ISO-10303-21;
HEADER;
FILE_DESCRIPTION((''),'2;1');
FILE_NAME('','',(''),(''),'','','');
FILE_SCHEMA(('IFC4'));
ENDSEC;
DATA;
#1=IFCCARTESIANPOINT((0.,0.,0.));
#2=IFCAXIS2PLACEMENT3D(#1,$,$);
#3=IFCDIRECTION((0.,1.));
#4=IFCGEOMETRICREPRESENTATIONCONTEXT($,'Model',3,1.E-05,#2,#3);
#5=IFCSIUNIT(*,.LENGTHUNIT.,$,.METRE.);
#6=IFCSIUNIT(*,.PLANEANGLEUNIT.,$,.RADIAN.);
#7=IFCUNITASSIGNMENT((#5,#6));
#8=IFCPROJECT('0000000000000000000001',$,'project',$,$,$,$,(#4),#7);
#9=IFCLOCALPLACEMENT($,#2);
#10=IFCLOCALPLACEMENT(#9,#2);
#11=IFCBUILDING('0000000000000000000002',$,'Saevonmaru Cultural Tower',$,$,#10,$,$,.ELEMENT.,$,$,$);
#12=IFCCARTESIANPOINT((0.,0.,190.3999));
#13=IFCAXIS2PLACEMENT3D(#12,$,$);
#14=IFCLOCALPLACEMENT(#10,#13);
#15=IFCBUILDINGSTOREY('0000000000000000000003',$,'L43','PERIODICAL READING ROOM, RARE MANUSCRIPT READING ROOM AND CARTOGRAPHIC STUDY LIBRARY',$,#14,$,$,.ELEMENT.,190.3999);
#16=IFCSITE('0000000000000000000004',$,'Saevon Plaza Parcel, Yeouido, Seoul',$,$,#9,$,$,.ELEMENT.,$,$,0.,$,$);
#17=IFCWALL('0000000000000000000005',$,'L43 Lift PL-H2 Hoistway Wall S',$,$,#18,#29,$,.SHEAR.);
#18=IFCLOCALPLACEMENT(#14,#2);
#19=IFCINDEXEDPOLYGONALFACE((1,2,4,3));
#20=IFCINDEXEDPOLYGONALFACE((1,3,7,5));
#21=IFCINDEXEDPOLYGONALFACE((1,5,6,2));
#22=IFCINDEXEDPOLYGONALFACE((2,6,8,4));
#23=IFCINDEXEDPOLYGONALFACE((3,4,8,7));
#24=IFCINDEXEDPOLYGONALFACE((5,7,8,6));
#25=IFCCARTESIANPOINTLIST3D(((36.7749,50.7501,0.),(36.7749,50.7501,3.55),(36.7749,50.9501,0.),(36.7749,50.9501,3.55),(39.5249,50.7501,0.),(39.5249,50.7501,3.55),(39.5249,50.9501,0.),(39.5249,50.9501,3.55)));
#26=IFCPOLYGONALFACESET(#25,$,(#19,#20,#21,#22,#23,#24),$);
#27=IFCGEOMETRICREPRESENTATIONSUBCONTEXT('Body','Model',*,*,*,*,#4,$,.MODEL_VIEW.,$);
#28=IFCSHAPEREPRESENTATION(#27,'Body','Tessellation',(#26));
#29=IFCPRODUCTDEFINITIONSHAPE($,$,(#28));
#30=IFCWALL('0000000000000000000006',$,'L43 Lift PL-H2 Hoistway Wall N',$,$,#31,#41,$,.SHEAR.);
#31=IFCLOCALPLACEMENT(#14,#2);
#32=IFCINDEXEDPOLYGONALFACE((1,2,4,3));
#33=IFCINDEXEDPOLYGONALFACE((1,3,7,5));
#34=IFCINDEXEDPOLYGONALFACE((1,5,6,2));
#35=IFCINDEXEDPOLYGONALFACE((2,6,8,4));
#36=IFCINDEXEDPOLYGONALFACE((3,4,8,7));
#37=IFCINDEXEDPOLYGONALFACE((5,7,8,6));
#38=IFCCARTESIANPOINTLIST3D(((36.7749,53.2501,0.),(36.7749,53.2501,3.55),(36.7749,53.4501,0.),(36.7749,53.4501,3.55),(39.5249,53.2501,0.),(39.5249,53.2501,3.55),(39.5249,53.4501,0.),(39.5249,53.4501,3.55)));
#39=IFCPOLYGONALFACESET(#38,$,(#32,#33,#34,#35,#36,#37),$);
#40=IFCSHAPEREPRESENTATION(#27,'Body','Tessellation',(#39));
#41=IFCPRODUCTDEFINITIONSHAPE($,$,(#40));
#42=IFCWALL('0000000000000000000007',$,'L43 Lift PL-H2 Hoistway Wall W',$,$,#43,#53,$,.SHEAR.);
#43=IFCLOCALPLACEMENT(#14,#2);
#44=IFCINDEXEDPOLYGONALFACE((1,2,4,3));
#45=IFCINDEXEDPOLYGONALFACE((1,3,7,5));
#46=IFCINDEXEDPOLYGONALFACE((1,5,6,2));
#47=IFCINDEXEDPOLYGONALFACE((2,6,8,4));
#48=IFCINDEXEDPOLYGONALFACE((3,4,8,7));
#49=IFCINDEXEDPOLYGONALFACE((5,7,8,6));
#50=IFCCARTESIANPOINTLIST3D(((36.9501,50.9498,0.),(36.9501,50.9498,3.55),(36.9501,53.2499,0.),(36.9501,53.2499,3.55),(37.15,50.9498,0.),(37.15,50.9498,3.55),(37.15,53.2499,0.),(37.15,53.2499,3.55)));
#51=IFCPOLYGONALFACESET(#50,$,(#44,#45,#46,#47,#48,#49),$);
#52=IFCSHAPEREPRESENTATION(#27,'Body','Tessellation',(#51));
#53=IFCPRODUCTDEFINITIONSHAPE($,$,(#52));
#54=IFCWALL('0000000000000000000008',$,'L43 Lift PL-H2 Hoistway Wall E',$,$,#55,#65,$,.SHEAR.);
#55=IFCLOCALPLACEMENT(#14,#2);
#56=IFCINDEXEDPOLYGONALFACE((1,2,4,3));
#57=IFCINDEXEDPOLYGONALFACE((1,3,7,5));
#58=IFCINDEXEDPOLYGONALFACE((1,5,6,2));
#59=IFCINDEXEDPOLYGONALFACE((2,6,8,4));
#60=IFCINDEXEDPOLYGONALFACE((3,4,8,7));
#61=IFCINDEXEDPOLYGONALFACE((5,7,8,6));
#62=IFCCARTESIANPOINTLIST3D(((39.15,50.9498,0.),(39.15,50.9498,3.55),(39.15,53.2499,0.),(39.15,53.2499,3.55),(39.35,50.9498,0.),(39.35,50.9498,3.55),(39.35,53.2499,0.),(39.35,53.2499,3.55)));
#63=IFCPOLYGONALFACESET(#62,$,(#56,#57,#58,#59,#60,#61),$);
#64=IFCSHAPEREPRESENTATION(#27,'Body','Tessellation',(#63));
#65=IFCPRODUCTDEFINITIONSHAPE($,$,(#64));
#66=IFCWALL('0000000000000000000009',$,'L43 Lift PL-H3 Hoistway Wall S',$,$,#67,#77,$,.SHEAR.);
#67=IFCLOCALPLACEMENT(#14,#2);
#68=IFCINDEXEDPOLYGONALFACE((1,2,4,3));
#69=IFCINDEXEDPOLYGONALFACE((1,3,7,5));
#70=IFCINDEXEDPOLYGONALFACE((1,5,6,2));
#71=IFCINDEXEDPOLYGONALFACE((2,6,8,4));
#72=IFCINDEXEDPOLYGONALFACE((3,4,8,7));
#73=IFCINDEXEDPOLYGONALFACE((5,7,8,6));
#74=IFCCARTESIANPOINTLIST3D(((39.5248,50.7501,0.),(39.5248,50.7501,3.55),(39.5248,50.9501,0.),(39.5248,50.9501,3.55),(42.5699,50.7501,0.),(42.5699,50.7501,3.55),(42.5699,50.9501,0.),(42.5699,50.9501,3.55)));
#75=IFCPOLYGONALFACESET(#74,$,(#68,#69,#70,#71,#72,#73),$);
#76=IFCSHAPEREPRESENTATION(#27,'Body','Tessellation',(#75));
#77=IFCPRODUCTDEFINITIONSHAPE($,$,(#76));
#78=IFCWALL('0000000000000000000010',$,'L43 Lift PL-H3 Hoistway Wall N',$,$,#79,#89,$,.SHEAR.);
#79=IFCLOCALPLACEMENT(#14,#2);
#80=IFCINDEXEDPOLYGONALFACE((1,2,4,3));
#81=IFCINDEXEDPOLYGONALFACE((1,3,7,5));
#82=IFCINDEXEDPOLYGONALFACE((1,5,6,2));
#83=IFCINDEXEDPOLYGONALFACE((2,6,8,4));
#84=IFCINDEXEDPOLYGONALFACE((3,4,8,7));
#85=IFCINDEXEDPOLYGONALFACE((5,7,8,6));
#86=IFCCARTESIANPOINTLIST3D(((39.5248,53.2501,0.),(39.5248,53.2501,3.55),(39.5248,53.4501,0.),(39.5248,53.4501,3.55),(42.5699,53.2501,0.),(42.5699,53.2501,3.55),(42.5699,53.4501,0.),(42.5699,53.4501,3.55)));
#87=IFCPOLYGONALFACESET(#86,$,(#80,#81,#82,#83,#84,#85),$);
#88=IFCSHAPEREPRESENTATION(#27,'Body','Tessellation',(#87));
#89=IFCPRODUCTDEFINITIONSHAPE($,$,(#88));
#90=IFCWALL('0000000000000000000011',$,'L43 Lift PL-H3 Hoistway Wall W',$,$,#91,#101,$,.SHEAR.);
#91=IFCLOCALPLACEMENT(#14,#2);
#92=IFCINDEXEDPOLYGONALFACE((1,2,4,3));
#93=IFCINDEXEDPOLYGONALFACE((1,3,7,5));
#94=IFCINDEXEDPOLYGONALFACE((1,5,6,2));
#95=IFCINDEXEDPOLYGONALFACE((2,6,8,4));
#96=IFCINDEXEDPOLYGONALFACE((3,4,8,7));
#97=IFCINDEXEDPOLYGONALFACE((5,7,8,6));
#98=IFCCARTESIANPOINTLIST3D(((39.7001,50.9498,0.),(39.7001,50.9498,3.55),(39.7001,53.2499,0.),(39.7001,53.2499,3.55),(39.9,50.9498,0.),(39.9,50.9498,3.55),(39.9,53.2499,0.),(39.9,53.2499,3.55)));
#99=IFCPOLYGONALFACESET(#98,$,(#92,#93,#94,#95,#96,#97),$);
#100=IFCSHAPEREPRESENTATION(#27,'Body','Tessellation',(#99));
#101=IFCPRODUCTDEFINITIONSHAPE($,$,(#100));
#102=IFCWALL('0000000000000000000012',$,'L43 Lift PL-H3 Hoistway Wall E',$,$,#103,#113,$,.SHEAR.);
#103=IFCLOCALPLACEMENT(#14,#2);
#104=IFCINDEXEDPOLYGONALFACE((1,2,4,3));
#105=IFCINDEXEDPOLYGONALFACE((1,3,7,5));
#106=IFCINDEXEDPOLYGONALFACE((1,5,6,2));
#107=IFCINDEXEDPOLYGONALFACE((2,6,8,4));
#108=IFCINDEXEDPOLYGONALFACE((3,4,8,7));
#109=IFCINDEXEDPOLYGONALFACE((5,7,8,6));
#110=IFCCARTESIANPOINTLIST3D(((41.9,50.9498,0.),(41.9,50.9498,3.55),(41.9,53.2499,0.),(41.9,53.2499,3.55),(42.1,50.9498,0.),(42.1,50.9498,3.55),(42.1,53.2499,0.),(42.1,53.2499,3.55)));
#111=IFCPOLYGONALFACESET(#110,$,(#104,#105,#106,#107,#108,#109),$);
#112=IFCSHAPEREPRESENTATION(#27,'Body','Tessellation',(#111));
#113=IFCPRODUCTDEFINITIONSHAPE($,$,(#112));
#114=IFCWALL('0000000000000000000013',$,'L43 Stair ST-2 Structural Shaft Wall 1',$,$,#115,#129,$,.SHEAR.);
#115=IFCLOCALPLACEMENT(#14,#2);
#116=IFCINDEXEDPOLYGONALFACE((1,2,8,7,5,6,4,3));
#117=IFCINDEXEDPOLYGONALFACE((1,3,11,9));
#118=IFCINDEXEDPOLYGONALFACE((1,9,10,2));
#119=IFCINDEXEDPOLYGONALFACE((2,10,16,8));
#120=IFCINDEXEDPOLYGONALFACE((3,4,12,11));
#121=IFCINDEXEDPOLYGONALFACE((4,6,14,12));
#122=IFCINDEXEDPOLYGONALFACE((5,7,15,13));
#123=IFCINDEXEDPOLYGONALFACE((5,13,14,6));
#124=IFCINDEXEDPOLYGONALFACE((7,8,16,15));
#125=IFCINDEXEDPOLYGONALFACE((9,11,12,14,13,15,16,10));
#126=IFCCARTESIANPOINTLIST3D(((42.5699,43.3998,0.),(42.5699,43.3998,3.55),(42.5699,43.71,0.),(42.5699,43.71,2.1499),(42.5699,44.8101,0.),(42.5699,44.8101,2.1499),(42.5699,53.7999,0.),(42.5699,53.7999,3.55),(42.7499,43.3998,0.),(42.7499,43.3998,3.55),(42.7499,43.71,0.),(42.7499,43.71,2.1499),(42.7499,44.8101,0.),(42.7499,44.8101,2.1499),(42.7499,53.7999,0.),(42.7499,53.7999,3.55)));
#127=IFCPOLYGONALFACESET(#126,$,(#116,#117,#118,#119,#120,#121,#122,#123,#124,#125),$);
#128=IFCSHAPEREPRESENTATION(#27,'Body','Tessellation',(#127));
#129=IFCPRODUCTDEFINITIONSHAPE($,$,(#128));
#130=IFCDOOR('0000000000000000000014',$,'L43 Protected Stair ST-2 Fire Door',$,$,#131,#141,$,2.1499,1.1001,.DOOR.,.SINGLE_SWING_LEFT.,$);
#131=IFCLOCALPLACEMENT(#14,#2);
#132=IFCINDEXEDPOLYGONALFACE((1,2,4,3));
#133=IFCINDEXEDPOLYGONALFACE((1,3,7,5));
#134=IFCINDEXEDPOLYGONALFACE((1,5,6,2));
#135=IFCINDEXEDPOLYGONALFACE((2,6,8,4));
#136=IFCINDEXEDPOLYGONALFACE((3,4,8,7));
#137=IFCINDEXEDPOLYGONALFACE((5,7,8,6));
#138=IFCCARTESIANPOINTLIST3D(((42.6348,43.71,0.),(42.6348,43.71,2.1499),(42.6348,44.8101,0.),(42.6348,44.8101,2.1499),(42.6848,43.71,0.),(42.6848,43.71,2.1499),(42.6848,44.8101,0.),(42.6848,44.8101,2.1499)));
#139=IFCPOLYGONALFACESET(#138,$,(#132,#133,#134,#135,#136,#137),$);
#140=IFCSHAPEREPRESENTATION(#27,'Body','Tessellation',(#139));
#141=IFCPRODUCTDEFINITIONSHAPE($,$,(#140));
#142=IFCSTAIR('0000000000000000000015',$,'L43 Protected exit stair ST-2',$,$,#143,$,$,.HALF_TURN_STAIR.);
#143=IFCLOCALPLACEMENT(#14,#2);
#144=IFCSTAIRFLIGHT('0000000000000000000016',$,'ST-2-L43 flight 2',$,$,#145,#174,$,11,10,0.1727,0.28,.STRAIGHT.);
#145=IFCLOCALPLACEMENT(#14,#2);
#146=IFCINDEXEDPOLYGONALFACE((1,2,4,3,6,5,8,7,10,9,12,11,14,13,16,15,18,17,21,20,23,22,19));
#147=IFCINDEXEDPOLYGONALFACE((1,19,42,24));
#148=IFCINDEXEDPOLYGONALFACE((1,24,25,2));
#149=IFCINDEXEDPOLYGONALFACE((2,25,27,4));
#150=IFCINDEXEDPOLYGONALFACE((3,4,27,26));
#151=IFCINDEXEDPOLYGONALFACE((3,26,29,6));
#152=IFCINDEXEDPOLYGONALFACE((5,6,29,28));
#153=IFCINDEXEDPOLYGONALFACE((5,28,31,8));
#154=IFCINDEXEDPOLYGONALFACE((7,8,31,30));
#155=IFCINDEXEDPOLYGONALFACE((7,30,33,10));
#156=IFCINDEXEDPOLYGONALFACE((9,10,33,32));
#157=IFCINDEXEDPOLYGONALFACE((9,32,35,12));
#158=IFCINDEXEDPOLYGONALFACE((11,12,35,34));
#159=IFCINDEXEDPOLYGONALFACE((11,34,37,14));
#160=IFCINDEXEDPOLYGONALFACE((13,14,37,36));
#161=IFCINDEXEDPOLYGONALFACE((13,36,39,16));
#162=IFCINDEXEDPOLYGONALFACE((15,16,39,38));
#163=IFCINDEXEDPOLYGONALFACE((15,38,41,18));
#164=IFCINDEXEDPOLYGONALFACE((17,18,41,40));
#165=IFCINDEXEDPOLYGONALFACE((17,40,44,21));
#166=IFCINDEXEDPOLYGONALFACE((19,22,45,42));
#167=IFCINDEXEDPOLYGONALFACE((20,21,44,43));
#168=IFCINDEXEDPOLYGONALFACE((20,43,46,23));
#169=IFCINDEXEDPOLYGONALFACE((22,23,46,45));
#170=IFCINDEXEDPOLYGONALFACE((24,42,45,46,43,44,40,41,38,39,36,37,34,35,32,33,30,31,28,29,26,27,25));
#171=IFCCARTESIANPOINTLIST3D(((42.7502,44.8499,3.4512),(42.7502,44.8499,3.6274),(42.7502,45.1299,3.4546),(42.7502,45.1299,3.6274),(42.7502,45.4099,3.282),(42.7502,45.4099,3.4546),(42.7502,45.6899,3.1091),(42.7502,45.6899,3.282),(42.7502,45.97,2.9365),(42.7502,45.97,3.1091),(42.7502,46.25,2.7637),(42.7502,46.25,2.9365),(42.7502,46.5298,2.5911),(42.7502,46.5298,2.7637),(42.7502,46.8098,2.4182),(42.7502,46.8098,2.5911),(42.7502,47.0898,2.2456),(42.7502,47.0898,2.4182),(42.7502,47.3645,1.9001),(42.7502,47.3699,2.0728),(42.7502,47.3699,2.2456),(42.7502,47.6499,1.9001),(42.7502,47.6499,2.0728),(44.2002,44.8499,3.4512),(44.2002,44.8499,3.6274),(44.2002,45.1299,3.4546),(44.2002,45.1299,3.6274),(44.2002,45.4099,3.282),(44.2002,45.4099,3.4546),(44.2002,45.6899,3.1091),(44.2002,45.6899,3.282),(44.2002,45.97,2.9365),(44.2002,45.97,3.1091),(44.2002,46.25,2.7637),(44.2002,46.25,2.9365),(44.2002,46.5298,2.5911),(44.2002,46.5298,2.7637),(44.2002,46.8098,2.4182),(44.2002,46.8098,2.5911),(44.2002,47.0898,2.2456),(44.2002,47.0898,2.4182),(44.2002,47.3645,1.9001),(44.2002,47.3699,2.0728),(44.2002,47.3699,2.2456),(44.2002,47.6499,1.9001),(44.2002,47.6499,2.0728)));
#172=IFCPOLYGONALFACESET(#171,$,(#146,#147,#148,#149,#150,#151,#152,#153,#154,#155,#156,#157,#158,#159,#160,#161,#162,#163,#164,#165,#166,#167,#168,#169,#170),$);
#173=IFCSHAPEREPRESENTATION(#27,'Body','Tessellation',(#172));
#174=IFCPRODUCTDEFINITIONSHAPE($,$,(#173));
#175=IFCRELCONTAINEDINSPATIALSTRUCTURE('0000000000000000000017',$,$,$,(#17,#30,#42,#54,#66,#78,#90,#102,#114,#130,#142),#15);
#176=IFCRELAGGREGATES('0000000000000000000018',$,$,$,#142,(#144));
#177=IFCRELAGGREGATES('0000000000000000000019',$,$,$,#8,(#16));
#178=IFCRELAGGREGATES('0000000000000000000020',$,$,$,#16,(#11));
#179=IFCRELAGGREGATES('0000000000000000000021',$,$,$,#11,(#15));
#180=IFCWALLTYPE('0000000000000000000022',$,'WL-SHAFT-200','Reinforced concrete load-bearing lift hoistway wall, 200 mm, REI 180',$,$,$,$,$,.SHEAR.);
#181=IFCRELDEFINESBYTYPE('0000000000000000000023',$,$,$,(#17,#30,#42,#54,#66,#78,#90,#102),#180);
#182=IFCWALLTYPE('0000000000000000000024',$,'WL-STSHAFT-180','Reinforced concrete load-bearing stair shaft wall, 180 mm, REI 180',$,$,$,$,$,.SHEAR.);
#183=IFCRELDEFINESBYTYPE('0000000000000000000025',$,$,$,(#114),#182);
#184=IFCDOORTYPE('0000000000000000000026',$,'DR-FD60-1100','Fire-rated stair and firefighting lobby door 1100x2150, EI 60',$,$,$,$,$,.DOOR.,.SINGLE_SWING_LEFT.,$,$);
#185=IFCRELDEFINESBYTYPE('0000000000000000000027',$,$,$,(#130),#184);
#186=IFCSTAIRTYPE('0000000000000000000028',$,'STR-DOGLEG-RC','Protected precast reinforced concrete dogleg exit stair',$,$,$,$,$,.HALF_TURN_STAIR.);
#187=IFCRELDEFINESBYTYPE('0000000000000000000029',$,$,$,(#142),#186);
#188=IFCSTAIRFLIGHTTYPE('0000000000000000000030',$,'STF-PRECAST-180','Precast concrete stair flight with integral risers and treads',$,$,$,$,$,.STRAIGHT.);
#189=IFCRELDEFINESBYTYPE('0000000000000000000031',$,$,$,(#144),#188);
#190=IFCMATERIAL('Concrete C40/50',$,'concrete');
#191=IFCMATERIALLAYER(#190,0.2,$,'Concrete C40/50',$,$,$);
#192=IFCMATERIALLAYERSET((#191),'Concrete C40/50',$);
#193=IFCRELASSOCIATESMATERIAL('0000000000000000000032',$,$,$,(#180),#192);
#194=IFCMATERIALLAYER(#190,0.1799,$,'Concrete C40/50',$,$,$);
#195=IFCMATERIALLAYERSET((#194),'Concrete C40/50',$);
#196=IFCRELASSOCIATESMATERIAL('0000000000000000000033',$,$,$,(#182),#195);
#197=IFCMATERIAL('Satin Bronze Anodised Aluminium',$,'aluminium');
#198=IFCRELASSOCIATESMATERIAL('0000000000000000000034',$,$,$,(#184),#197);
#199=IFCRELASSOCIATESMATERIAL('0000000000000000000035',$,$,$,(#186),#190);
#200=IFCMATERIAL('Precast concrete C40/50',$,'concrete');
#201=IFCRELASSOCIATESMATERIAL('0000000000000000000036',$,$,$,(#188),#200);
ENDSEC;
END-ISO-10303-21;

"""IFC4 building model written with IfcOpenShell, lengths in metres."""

from ifc_helpers import new_model, si_unit, direction, frame, frame_2d, origin, place, context, subcontext, project, spatial, polyline, rectangle, outline, extrude, material, layer, layer_set, type_object, element, fill, aggregate, save


model = new_model("IFC4")

# Units and contexts
model_context = context("Model", 3, precision=1e-05, world=origin(), true_north=direction((0.0, 1.0)))
body_context = subcontext(model_context, "Body", "Model", "MODEL_VIEW")
ifc_project = project(units=[si_unit("LENGTHUNIT", "METRE"), si_unit("PLANEANGLEUNIT", "RADIAN")], contexts=[model_context])

# Site, building, storey
site_placement = place(None, origin())
site = spatial("IfcSite", under=ifc_project, at=site_placement, Name="Saevon Plaza Parcel, Yeouido, Seoul", CompositionType="ELEMENT", RefElevation=0.0)
building_placement = place(site_placement, origin())
building = spatial("IfcBuilding", under=site, at=building_placement, Name="Saevonmaru Cultural Tower", CompositionType="ELEMENT")
storey_placement = place(building_placement, frame((0.0, 0.0, 190.3999)))
storey = spatial("IfcBuildingStorey", under=building, at=storey_placement, Name="L43", Description="PERIODICAL READING ROOM, RARE MANUSCRIPT READING ROOM AND CARTOGRAPHIC STUDY LIBRARY", CompositionType="ELEMENT", Elevation=190.3999)

# Shared definitions
ifc_material_1 = material(Name="Satin Bronze Anodised Aluminium", Category="aluminium")

# Walls
ifc_material_2 = material(Name="Concrete C40/50", Category="concrete")
ifc_layer_1 = layer(ifc_material_2, 0.2, Name="Concrete C40/50")
ifc_layer_set_1 = layer_set([ifc_layer_1], Name="Concrete C40/50")
wall_type_1 = type_object("IfcWallType", Name="WL-SHAFT-200", Description="Reinforced concrete load-bearing lift hoistway wall, 200 mm, REI 180", PredefinedType="SHEAR", material=ifc_layer_set_1)
for number, where, z_axis, x_axis, name in (
    (1, (36.7749, 50.8501, 0.0), (0.0, 0.0, 1.0), (1.0, 0.0, 0.0), "L43 Lift PL-H2 Hoistway Wall S"),
    (2, (36.7749, 53.3501, 0.0), (0.0, 0.0, 1.0), (1.0, 0.0, 0.0), "L43 Lift PL-H2 Hoistway Wall N"),
):
    element("IfcWall", number, at=place(storey_placement, frame(where, z_axis=z_axis, x_axis=x_axis)), inside=storey, type_object=wall_type_1, Name=name, PredefinedType="SHEAR", context=body_context, shape_type="SweptSolid", body=[
        extrude(rectangle(XDim=2.75, YDim=0.2, at=frame_2d((1.375, 0.0))), origin(), (0.0, 0.0, 1.0), 3.55),
    ])
for number, where, z_axis, x_axis, name in (
    (3, (37.05, 50.95, 0.0), (0.0, 0.0, 1.0), (0.0, 1.0, 0.0), "L43 Lift PL-H2 Hoistway Wall W"),
    (4, (39.25, 50.95, 0.0), (0.0, 0.0, 1.0), (0.0, 1.0, 0.0), "L43 Lift PL-H2 Hoistway Wall E"),
):
    element("IfcWall", number, at=place(storey_placement, frame(where, z_axis=z_axis, x_axis=x_axis)), inside=storey, type_object=wall_type_1, Name=name, PredefinedType="SHEAR", context=body_context, shape_type="SweptSolid", body=[
        extrude(rectangle(XDim=2.3, YDim=0.2, at=frame_2d((1.1499, 0.0))), origin(), (0.0, 0.0, 1.0), 3.55),
    ])
for number, where, z_axis, x_axis, name in (
    (5, (39.5249, 50.8501, 0.0), (0.0, 0.0, 1.0), (1.0, 0.0, 0.0), "L43 Lift PL-H3 Hoistway Wall S"),
    (6, (39.5249, 53.3501, 0.0), (0.0, 0.0, 1.0), (1.0, 0.0, 0.0), "L43 Lift PL-H3 Hoistway Wall N"),
):
    element("IfcWall", number, at=place(storey_placement, frame(where, z_axis=z_axis, x_axis=x_axis)), inside=storey, type_object=wall_type_1, Name=name, PredefinedType="SHEAR", context=body_context, shape_type="SweptSolid", body=[
        extrude(rectangle(XDim=3.0452, YDim=0.2, at=frame_2d((1.5225, 0.0))), origin(), (0.0, 0.0, 1.0), 3.55),
    ])
for number, where, z_axis, x_axis, name in (
    (7, (39.8, 50.95, 0.0), (0.0, 0.0, 1.0), (0.0, 1.0, 0.0), "L43 Lift PL-H3 Hoistway Wall W"),
    (8, (42.0, 50.95, 0.0), (0.0, 0.0, 1.0), (0.0, 1.0, 0.0), "L43 Lift PL-H3 Hoistway Wall E"),
):
    element("IfcWall", number, at=place(storey_placement, frame(where, z_axis=z_axis, x_axis=x_axis)), inside=storey, type_object=wall_type_1, Name=name, PredefinedType="SHEAR", context=body_context, shape_type="SweptSolid", body=[
        extrude(rectangle(XDim=2.3, YDim=0.2, at=frame_2d((1.1499, 0.0))), origin(), (0.0, 0.0, 1.0), 3.55),
    ])

# Wall, opening, door
ifc_layer_2 = layer(ifc_material_2, 0.1799, Name="Concrete C40/50")
ifc_layer_set_2 = layer_set([ifc_layer_2], Name="Concrete C40/50")
wall_type_2 = type_object("IfcWallType", Name="WL-STSHAFT-180", Description="Reinforced concrete load-bearing stair shaft wall, 180 mm, REI 180", PredefinedType="SHEAR", material=ifc_layer_set_2)
wall_1_placement = place(storey_placement, frame((42.6599, 53.8, 0.0), z_axis=(0.0, 0.0, 1.0), x_axis=(0.0, -1.0, 0.0)))
wall_1 = element("IfcWall", 9, at=wall_1_placement, inside=storey, type_object=wall_type_2, Name="L43 Stair ST-2 Structural Shaft Wall 1", PredefinedType="SHEAR", context=body_context, shape_type="SweptSolid", body=[
    extrude(rectangle(XDim=10.4001, YDim=0.1799, at=frame_2d((5.2002, 0.0))), origin(), (0.0, 0.0, 1.0), 3.55),
])
opening_placement = place(wall_1_placement, frame((8.99, 0.0, 0.0)))
opening = element("IfcOpeningElement", 10, at=opening_placement, cuts=wall_1, PredefinedType="OPENING", context=body_context, shape_type="SweptSolid", body=[
    extrude(rectangle(XDim=1.1001, YDim=2.1499, at=frame_2d((0.55, 1.075))), frame((0.0, 0.1001, 0.0), z_axis=(0.0, -1.0, 0.0), x_axis=(1.0, 0.0, 0.0)), (0.0, 0.0, 1.0), 0.2),
])
door_type = type_object("IfcDoorType", Name="DR-FD60-1100", Description="Fire-rated stair and firefighting lobby door 1100x2150, EI 60", OperationType="SINGLE_SWING_LEFT", PredefinedType="DOOR", material=ifc_material_1)
door_placement = place(opening_placement, origin())
door = element("IfcDoor", 11, at=door_placement, inside=storey, type_object=door_type, Name="L43 Protected Stair ST-2 Fire Door", OperationType="SINGLE_SWING_LEFT", OverallHeight=2.1499, OverallWidth=1.1001, PredefinedType="DOOR", context=body_context, shape_type="SweptSolid", body=[
    extrude(rectangle(XDim=1.1001, YDim=2.1499, at=frame_2d((0.55, 1.075))), frame((0.0, 0.0249, 0.0), z_axis=(0.0, -1.0, 0.0), x_axis=(1.0, 0.0, 0.0)), (0.0, 0.0, 1.0), 0.05),
])
fill(opening, door)

# Stair, stair flight
stair_type = type_object("IfcStairType", Name="STR-DOGLEG-RC", Description="Protected precast reinforced concrete dogleg exit stair", PredefinedType="HALF_TURN_STAIR", material=ifc_material_2)
stair_placement = place(storey_placement, origin())
stair = element("IfcStair", 12, at=stair_placement, inside=storey, type_object=stair_type, Name="L43 Protected exit stair ST-2", PredefinedType="HALF_TURN_STAIR")
ifc_material_3 = material(Name="Precast concrete C40/50", Category="concrete")
stair_flight_type = type_object("IfcStairFlightType", Name="STF-PRECAST-180", Description="Precast concrete stair flight with integral risers and treads", PredefinedType="STRAIGHT", material=ifc_material_3)
stair_flight_placement = place(storey_placement, frame((43.4751, 47.6499, 1.9001), z_axis=(0.0, 0.0, 1.0), x_axis=(0.0, -1.0, 0.0)))
stair_flight = element("IfcStairFlight", 13, at=stair_flight_placement, type_object=stair_flight_type, Name="ST-2-L43 flight 2", NumberOfRisers=11, NumberOfTreads=10, PredefinedType="STRAIGHT", RiserHeight=0.1727, TreadLength=0.28, context=body_context, shape_type="SweptSolid", body=[
    extrude(outline(polyline([(0.0, 0.0), (0.0, 0.1726), (0.28, 0.1726), (0.28, 0.3455), (0.5601, 0.3455), (0.5601, 0.5181), (0.8401, 0.5181), (0.8401, 0.6909), (1.1201, 0.6909), (1.1201, 0.8635), (1.3999, 0.8635), (1.3999, 1.0364), (1.6799, 1.0364), (1.6799, 1.209), (1.96, 1.209), (1.96, 1.3818), (2.24, 1.3818), (2.24, 1.5544), (2.52, 1.5544), (2.52, 1.7273), (2.8, 1.7273), (2.8, 1.8999), (2.8, 1.551), (0.2854, 0.0), (0.0, 0.0)])), frame((0.0, 0.7251, 0.0), z_axis=(0.0, -1.0, 0.0), x_axis=(1.0, 0.0, 0.0)), (0.0, 0.0, 1.0), 1.45),
])
aggregate(stair, [stair_flight])

save(model, "model.ifc")
